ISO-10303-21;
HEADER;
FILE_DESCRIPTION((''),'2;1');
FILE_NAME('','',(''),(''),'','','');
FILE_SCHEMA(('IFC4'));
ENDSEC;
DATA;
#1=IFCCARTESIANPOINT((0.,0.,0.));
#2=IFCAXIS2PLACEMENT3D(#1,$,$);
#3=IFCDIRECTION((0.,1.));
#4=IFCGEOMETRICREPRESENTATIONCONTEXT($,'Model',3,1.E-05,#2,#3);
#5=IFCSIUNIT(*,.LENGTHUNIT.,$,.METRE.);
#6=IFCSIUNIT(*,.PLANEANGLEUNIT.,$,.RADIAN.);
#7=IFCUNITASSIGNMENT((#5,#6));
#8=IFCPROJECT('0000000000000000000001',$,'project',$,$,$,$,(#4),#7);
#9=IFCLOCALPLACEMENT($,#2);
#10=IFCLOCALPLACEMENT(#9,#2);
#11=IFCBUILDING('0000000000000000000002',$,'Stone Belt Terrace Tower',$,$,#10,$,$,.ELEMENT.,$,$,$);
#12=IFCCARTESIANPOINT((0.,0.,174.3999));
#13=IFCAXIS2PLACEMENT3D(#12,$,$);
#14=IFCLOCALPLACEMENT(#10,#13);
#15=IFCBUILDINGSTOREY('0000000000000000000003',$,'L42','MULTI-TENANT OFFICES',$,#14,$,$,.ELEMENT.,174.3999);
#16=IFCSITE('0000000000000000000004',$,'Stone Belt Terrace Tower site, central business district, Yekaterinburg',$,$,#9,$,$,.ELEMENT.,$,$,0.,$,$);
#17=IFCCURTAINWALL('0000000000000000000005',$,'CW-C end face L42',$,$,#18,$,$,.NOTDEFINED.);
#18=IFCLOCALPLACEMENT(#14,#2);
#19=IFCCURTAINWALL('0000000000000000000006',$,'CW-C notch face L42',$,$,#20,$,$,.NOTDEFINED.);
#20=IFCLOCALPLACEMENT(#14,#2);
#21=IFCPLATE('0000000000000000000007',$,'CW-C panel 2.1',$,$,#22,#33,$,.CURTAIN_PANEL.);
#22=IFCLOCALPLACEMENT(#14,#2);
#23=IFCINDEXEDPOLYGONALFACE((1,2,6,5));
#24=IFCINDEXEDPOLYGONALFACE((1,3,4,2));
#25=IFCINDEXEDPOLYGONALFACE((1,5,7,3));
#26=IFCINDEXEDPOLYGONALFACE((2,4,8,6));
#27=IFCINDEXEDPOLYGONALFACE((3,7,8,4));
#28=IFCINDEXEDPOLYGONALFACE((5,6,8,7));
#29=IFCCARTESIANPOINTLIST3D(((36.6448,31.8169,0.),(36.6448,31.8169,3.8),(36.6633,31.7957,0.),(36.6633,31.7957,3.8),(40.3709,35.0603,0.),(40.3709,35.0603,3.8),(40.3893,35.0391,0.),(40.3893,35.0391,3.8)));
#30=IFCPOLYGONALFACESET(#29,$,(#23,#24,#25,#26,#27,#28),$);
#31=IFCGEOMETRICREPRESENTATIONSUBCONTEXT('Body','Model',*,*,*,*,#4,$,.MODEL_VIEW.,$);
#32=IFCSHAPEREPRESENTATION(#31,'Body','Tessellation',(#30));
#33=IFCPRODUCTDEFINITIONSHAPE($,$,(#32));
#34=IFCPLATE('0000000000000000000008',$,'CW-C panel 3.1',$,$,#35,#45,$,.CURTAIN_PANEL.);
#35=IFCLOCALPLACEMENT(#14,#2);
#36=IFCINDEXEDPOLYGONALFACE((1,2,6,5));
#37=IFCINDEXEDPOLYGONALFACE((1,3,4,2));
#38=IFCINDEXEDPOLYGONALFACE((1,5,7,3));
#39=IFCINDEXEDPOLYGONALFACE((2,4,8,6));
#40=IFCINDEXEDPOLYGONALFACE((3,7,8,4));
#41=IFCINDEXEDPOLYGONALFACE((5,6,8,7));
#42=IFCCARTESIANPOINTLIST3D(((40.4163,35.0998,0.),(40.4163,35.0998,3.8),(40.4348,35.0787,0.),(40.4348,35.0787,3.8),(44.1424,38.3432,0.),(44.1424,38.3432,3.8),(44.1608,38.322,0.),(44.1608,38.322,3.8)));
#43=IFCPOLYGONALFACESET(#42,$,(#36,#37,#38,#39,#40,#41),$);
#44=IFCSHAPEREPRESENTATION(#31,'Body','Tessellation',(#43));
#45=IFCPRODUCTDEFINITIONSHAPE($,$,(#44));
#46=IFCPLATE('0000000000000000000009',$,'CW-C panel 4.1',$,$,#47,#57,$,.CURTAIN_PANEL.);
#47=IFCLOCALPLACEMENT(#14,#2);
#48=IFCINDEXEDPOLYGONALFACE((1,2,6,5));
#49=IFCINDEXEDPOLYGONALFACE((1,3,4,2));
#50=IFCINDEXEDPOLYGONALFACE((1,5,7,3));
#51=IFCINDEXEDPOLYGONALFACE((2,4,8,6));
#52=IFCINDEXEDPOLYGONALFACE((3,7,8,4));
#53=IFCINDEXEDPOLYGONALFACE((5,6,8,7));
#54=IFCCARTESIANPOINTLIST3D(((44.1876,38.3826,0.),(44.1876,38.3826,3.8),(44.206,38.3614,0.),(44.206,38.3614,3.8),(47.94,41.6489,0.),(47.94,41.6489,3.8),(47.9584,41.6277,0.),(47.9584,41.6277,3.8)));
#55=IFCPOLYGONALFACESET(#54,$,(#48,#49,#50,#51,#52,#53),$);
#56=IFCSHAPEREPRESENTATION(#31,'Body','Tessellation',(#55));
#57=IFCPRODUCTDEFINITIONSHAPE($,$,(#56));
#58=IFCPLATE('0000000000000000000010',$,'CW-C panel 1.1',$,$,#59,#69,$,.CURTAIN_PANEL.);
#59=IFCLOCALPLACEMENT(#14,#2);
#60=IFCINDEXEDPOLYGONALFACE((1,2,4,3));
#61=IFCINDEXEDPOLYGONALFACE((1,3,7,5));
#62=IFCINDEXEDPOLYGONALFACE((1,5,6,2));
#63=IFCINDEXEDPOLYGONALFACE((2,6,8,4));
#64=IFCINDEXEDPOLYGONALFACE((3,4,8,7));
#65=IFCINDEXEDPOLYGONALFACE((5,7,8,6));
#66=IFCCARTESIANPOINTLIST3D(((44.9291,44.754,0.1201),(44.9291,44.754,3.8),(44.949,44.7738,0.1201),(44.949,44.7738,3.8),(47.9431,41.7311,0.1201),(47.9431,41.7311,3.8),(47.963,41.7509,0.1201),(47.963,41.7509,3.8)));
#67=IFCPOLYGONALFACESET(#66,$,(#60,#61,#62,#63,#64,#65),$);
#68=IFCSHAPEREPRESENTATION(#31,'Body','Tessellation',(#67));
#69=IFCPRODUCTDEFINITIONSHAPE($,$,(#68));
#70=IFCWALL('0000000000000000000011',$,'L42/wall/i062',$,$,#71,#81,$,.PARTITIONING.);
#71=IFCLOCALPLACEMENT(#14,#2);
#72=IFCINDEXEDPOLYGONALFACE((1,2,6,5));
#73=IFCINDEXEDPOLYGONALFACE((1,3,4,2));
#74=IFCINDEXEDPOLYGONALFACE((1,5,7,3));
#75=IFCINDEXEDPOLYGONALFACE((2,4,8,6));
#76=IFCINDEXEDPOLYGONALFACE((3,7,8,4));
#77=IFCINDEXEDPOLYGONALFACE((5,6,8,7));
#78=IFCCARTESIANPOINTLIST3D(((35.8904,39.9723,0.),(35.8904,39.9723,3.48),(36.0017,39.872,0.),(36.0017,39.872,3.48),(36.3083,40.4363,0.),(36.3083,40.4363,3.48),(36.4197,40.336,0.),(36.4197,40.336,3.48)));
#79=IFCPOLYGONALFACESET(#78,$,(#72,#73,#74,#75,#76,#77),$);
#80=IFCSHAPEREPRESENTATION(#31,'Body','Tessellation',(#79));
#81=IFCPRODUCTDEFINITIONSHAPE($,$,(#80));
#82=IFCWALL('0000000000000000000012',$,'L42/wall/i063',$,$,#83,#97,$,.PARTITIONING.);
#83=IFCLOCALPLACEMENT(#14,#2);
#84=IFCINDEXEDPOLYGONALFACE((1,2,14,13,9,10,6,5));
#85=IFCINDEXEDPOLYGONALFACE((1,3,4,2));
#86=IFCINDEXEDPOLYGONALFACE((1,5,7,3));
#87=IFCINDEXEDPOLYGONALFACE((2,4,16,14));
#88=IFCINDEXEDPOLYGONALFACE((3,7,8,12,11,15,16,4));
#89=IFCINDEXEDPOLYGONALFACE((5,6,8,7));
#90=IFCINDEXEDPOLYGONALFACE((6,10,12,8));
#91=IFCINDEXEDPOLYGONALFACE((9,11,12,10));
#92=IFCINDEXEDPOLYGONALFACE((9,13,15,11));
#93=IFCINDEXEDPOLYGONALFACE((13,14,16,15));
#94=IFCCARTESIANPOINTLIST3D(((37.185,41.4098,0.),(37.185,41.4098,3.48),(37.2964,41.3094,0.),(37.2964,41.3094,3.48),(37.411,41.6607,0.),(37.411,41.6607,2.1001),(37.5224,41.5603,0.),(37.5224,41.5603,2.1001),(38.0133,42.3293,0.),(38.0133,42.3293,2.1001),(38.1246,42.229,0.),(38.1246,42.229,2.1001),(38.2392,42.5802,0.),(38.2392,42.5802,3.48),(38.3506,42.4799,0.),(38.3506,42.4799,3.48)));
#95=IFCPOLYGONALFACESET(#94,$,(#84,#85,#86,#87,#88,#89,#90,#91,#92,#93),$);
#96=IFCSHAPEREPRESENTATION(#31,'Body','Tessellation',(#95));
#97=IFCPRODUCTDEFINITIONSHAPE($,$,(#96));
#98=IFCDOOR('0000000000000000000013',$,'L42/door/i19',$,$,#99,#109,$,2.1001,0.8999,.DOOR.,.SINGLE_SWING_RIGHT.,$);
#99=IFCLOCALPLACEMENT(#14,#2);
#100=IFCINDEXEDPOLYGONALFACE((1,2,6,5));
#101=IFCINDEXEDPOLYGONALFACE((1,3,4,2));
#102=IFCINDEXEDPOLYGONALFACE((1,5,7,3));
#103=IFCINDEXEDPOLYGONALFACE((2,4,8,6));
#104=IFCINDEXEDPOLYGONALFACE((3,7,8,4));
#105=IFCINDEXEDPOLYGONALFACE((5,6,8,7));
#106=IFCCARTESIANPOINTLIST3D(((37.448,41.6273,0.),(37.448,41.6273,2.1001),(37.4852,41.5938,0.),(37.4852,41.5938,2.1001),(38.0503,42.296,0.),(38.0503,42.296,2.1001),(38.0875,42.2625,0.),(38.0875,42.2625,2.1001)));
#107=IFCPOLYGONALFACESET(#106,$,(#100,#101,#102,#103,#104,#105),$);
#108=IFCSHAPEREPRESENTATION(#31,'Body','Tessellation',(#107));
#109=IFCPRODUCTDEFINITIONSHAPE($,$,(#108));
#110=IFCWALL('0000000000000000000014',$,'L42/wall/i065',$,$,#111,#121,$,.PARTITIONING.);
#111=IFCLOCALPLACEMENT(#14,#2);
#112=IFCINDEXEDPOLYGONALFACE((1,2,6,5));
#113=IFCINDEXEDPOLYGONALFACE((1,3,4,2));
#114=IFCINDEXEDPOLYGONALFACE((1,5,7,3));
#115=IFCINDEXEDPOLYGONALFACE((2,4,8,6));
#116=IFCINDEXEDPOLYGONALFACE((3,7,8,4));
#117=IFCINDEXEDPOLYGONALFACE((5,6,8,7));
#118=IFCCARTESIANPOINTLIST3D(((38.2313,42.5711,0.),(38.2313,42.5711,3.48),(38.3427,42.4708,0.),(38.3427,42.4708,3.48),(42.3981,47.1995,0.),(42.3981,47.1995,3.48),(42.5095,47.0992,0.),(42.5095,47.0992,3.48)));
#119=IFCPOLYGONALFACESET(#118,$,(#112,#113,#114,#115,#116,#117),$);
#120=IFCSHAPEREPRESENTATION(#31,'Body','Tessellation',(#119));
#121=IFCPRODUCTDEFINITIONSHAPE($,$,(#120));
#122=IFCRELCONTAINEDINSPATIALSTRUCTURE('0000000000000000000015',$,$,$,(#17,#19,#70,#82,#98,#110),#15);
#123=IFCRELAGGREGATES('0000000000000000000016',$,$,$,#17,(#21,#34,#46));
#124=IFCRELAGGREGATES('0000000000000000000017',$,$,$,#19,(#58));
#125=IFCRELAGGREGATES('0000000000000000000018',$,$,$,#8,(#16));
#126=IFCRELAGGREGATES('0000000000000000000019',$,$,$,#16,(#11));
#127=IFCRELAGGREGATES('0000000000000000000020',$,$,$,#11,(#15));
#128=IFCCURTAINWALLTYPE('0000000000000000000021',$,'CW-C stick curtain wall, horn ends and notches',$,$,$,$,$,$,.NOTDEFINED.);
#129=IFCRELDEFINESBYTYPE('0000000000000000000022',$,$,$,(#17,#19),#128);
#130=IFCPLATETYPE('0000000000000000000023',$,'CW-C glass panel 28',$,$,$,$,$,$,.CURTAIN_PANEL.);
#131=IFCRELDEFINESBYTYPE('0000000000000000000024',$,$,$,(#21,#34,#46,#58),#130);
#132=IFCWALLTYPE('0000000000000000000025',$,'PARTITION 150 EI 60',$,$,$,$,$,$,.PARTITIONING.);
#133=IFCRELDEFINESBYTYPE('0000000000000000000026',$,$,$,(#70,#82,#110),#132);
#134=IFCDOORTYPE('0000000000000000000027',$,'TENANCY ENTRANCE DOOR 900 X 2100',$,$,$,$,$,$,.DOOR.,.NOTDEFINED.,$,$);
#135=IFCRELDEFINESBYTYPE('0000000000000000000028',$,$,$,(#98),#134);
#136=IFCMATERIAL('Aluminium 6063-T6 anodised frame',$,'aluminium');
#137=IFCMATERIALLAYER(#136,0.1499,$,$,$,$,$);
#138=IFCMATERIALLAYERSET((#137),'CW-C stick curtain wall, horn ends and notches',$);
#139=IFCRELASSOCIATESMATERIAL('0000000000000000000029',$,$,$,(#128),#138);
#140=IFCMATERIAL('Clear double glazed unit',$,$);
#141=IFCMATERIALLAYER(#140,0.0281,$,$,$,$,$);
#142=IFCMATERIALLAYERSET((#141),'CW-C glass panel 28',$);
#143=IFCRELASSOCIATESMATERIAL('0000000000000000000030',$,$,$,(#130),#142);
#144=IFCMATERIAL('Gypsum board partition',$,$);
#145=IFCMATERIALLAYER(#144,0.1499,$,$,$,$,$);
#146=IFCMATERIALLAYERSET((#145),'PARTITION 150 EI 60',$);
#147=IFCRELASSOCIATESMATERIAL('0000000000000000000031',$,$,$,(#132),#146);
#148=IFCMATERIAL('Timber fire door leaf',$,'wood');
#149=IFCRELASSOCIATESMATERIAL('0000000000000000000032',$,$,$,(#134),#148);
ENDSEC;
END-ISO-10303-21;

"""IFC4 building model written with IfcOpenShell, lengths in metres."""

from ifc_helpers import new_model, si_unit, direction, frame, frame_2d, origin, origin_2d, place, context, subcontext, project, spatial, rectangle, extrude, material, layer, layer_set, type_object, element, fill, aggregate, save


model = new_model("IFC4")

# Units and contexts
model_context = context("Model", 3, precision=1e-05, world=origin(), true_north=direction((0.0, 1.0)))
body_context = subcontext(model_context, "Body", "Model", "MODEL_VIEW")
ifc_project = project(units=[si_unit("LENGTHUNIT", "METRE"), si_unit("PLANEANGLEUNIT", "RADIAN")], contexts=[model_context])

# Site, building, storey
site_placement = place(None, origin())
site = spatial("IfcSite", under=ifc_project, at=site_placement, Name="Stone Belt Terrace Tower site, central business district, Yekaterinburg", CompositionType="ELEMENT", RefElevation=0.0)
building_placement = place(site_placement, origin())
building = spatial("IfcBuilding", under=site, at=building_placement, Name="Stone Belt Terrace Tower", CompositionType="ELEMENT")
storey_placement = place(building_placement, frame((0.0, 0.0, 174.3999)))
storey = spatial("IfcBuildingStorey", under=building, at=storey_placement, Name="L42", Description="MULTI-TENANT OFFICES", CompositionType="ELEMENT", Elevation=174.3999)

# Curtain walls
ifc_material_1 = material(Name="Aluminium 6063-T6 anodised frame", Category="aluminium")
ifc_layer_1 = layer(ifc_material_1, 0.1499)
ifc_layer_set_1 = layer_set([ifc_layer_1], Name="CW-C stick curtain wall, horn ends and notches")
curtain_wall_type = type_object("IfcCurtainWallType", Name="CW-C stick curtain wall, horn ends and notches", PredefinedType="NOTDEFINED", material=ifc_layer_set_1)
curtain_wall_1_placement = place(storey_placement, origin())
curtain_wall_1 = element("IfcCurtainWall", 1, at=curtain_wall_1_placement, inside=storey, type_object=curtain_wall_type, Name="CW-C end face L42", PredefinedType="NOTDEFINED")
curtain_wall_2_placement = place(storey_placement, origin())
curtain_wall_2 = element("IfcCurtainWall", 2, at=curtain_wall_2_placement, inside=storey, type_object=curtain_wall_type, Name="CW-C notch face L42", PredefinedType="NOTDEFINED")

# Plates
ifc_material_2 = material(Name="Clear double glazed unit")
ifc_layer_2 = layer(ifc_material_2, 0.0281)
ifc_layer_set_2 = layer_set([ifc_layer_2], Name="CW-C glass panel 28")
plate_type = type_object("IfcPlateType", Name="CW-C glass panel 28", PredefinedType="CURTAIN_PANEL", material=ifc_layer_set_2)
plate_1_placement = place(storey_placement, frame((38.5171, 33.428, 0.0), z_axis=(0.0, 0.0, 1.0), x_axis=(0.754273, 0.656561, 0.0)))
plate_1 = element("IfcPlate", 3, at=plate_1_placement, type_object=plate_type, Name="CW-C panel 2.1", PredefinedType="CURTAIN_PANEL", context=body_context, shape_type="SweptSolid", body=[
    extrude(rectangle(XDim=4.9399, YDim=0.0281, at=origin_2d()), origin(), (0.0, 0.0, 1.0), 3.8),
])
plate_2_placement = place(storey_placement, frame((42.2886, 36.7109, 0.0), z_axis=(0.0, 0.0, 1.0), x_axis=(0.754273, 0.656561, 0.0)))
plate_2 = element("IfcPlate", 4, at=plate_2_placement, type_object=plate_type, Name="CW-C panel 3.1", PredefinedType="CURTAIN_PANEL", context=body_context, shape_type="SweptSolid", body=[
    extrude(rectangle(XDim=4.9399, YDim=0.0281, at=origin_2d()), origin(), (0.0, 0.0, 1.0), 3.8),
])
plate_3_placement = place(storey_placement, frame((46.073, 40.0051, 0.0), z_axis=(0.0, 0.0, 1.0), x_axis=(0.754273, 0.656561, 0.0)))
plate_3 = element("IfcPlate", 5, at=plate_3_placement, type_object=plate_type, Name="CW-C panel 4.1", PredefinedType="CURTAIN_PANEL", context=body_context, shape_type="SweptSolid", body=[
    extrude(rectangle(XDim=4.9749, YDim=0.0281, at=origin_2d()), origin(), (0.0, 0.0, 1.0), 3.8),
])
aggregate(curtain_wall_1, [plate_1, plate_2, plate_3])
plate_4_placement = place(storey_placement, frame((46.446, 43.2524, 0.1201), z_axis=(0.0, 0.0, 1.0), x_axis=(-0.706061, 0.708151, 0.0)))
plate_4 = element("IfcPlate", 6, at=plate_4_placement, type_object=plate_type, Name="CW-C panel 1.1", PredefinedType="CURTAIN_PANEL", context=body_context, shape_type="SweptSolid", body=[
    extrude(rectangle(XDim=4.2688, YDim=0.0281, at=origin_2d()), origin(), (0.0, 0.0, 1.0), 3.6799),
])
aggregate(curtain_wall_2, [plate_4])

# Wall
ifc_material_3 = material(Name="Gypsum board partition")
ifc_layer_3 = layer(ifc_material_3, 0.1499)
ifc_layer_set_3 = layer_set([ifc_layer_3], Name="PARTITION 150 EI 60")
wall_type = type_object("IfcWallType", Name="PARTITION 150 EI 60", PredefinedType="PARTITIONING", material=ifc_layer_set_3)
wall_1_placement = place(storey_placement, frame((35.946, 39.9221, 0.0), z_axis=(0.0, 0.0, 1.0), x_axis=(0.669202, 0.74308, 0.0)))
element("IfcWall", 7, at=wall_1_placement, inside=storey, type_object=wall_type, Name="L42/wall/i062", PredefinedType="PARTITIONING", context=body_context, shape_type="SweptSolid", body=[
    extrude(rectangle(XDim=0.6245, YDim=0.1499, at=frame_2d((0.3123, 0.0))), origin(), (0.0, 0.0, 1.0), 3.48),
])

# Wall, opening, door
wall_2_placement = place(storey_placement, frame((38.2949, 42.53, 0.0), z_axis=(0.0, 0.0, 1.0), x_axis=(-0.669256, -0.743032, 0.0)))
wall_2 = element("IfcWall", 8, at=wall_2_placement, inside=storey, type_object=wall_type, Name="L42/wall/i063", PredefinedType="PARTITIONING", context=body_context, shape_type="SweptSolid", body=[
    extrude(rectangle(XDim=1.5752, YDim=0.1499, at=frame_2d((0.7876, 0.0))), origin(), (0.0, 0.0, 1.0), 3.48),
])
opening_placement = place(wall_2_placement, frame((0.3376, 0.0, 0.0)))
opening = element("IfcOpeningElement", 9, at=opening_placement, cuts=wall_2, PredefinedType="OPENING", context=body_context, shape_type="SweptSolid", body=[
    extrude(rectangle(XDim=0.8999, YDim=2.1001, at=frame_2d((0.45, 1.05))), frame((0.0, 0.085, 0.0), z_axis=(0.0, -1.0, 0.0), x_axis=(1.0, 0.0, 0.0)), (0.0, 0.0, 1.0), 0.1699),
])
ifc_material_4 = material(Name="Timber fire door leaf", Category="wood")
door_type = type_object("IfcDoorType", Name="TENANCY ENTRANCE DOOR 900 X 2100", OperationType="NOTDEFINED", PredefinedType="DOOR", material=ifc_material_4)
door_placement = place(opening_placement, origin())
door = element("IfcDoor", 10, at=door_placement, inside=storey, type_object=door_type, Name="L42/door/i19", OperationType="SINGLE_SWING_RIGHT", OverallHeight=2.1001, OverallWidth=0.8999, PredefinedType="DOOR", context=body_context, shape_type="SweptSolid", body=[
    extrude(rectangle(XDim=0.8999, YDim=2.1001, at=frame_2d((0.45, 1.05))), frame((0.0, 0.0249, 0.0), z_axis=(0.0, -1.0, 0.0), x_axis=(1.0, 0.0, 0.0)), (0.0, 0.0, 1.0), 0.05),
])
fill(opening, door)

# Wall
wall_3_placement = place(storey_placement, frame((38.2871, 42.521, 0.0), z_axis=(0.0, 0.0, 1.0), x_axis=(0.669069, 0.743201, 0.0)))
element("IfcWall", 11, at=wall_3_placement, inside=storey, type_object=wall_type, Name="L42/wall/i065", PredefinedType="PARTITIONING", context=body_context, shape_type="SweptSolid", body=[
    extrude(rectangle(XDim=6.2278, YDim=0.1499, at=frame_2d((3.1138, 0.0))), origin(), (0.0, 0.0, 1.0), 3.48),
])

save(model, "model.ifc")
